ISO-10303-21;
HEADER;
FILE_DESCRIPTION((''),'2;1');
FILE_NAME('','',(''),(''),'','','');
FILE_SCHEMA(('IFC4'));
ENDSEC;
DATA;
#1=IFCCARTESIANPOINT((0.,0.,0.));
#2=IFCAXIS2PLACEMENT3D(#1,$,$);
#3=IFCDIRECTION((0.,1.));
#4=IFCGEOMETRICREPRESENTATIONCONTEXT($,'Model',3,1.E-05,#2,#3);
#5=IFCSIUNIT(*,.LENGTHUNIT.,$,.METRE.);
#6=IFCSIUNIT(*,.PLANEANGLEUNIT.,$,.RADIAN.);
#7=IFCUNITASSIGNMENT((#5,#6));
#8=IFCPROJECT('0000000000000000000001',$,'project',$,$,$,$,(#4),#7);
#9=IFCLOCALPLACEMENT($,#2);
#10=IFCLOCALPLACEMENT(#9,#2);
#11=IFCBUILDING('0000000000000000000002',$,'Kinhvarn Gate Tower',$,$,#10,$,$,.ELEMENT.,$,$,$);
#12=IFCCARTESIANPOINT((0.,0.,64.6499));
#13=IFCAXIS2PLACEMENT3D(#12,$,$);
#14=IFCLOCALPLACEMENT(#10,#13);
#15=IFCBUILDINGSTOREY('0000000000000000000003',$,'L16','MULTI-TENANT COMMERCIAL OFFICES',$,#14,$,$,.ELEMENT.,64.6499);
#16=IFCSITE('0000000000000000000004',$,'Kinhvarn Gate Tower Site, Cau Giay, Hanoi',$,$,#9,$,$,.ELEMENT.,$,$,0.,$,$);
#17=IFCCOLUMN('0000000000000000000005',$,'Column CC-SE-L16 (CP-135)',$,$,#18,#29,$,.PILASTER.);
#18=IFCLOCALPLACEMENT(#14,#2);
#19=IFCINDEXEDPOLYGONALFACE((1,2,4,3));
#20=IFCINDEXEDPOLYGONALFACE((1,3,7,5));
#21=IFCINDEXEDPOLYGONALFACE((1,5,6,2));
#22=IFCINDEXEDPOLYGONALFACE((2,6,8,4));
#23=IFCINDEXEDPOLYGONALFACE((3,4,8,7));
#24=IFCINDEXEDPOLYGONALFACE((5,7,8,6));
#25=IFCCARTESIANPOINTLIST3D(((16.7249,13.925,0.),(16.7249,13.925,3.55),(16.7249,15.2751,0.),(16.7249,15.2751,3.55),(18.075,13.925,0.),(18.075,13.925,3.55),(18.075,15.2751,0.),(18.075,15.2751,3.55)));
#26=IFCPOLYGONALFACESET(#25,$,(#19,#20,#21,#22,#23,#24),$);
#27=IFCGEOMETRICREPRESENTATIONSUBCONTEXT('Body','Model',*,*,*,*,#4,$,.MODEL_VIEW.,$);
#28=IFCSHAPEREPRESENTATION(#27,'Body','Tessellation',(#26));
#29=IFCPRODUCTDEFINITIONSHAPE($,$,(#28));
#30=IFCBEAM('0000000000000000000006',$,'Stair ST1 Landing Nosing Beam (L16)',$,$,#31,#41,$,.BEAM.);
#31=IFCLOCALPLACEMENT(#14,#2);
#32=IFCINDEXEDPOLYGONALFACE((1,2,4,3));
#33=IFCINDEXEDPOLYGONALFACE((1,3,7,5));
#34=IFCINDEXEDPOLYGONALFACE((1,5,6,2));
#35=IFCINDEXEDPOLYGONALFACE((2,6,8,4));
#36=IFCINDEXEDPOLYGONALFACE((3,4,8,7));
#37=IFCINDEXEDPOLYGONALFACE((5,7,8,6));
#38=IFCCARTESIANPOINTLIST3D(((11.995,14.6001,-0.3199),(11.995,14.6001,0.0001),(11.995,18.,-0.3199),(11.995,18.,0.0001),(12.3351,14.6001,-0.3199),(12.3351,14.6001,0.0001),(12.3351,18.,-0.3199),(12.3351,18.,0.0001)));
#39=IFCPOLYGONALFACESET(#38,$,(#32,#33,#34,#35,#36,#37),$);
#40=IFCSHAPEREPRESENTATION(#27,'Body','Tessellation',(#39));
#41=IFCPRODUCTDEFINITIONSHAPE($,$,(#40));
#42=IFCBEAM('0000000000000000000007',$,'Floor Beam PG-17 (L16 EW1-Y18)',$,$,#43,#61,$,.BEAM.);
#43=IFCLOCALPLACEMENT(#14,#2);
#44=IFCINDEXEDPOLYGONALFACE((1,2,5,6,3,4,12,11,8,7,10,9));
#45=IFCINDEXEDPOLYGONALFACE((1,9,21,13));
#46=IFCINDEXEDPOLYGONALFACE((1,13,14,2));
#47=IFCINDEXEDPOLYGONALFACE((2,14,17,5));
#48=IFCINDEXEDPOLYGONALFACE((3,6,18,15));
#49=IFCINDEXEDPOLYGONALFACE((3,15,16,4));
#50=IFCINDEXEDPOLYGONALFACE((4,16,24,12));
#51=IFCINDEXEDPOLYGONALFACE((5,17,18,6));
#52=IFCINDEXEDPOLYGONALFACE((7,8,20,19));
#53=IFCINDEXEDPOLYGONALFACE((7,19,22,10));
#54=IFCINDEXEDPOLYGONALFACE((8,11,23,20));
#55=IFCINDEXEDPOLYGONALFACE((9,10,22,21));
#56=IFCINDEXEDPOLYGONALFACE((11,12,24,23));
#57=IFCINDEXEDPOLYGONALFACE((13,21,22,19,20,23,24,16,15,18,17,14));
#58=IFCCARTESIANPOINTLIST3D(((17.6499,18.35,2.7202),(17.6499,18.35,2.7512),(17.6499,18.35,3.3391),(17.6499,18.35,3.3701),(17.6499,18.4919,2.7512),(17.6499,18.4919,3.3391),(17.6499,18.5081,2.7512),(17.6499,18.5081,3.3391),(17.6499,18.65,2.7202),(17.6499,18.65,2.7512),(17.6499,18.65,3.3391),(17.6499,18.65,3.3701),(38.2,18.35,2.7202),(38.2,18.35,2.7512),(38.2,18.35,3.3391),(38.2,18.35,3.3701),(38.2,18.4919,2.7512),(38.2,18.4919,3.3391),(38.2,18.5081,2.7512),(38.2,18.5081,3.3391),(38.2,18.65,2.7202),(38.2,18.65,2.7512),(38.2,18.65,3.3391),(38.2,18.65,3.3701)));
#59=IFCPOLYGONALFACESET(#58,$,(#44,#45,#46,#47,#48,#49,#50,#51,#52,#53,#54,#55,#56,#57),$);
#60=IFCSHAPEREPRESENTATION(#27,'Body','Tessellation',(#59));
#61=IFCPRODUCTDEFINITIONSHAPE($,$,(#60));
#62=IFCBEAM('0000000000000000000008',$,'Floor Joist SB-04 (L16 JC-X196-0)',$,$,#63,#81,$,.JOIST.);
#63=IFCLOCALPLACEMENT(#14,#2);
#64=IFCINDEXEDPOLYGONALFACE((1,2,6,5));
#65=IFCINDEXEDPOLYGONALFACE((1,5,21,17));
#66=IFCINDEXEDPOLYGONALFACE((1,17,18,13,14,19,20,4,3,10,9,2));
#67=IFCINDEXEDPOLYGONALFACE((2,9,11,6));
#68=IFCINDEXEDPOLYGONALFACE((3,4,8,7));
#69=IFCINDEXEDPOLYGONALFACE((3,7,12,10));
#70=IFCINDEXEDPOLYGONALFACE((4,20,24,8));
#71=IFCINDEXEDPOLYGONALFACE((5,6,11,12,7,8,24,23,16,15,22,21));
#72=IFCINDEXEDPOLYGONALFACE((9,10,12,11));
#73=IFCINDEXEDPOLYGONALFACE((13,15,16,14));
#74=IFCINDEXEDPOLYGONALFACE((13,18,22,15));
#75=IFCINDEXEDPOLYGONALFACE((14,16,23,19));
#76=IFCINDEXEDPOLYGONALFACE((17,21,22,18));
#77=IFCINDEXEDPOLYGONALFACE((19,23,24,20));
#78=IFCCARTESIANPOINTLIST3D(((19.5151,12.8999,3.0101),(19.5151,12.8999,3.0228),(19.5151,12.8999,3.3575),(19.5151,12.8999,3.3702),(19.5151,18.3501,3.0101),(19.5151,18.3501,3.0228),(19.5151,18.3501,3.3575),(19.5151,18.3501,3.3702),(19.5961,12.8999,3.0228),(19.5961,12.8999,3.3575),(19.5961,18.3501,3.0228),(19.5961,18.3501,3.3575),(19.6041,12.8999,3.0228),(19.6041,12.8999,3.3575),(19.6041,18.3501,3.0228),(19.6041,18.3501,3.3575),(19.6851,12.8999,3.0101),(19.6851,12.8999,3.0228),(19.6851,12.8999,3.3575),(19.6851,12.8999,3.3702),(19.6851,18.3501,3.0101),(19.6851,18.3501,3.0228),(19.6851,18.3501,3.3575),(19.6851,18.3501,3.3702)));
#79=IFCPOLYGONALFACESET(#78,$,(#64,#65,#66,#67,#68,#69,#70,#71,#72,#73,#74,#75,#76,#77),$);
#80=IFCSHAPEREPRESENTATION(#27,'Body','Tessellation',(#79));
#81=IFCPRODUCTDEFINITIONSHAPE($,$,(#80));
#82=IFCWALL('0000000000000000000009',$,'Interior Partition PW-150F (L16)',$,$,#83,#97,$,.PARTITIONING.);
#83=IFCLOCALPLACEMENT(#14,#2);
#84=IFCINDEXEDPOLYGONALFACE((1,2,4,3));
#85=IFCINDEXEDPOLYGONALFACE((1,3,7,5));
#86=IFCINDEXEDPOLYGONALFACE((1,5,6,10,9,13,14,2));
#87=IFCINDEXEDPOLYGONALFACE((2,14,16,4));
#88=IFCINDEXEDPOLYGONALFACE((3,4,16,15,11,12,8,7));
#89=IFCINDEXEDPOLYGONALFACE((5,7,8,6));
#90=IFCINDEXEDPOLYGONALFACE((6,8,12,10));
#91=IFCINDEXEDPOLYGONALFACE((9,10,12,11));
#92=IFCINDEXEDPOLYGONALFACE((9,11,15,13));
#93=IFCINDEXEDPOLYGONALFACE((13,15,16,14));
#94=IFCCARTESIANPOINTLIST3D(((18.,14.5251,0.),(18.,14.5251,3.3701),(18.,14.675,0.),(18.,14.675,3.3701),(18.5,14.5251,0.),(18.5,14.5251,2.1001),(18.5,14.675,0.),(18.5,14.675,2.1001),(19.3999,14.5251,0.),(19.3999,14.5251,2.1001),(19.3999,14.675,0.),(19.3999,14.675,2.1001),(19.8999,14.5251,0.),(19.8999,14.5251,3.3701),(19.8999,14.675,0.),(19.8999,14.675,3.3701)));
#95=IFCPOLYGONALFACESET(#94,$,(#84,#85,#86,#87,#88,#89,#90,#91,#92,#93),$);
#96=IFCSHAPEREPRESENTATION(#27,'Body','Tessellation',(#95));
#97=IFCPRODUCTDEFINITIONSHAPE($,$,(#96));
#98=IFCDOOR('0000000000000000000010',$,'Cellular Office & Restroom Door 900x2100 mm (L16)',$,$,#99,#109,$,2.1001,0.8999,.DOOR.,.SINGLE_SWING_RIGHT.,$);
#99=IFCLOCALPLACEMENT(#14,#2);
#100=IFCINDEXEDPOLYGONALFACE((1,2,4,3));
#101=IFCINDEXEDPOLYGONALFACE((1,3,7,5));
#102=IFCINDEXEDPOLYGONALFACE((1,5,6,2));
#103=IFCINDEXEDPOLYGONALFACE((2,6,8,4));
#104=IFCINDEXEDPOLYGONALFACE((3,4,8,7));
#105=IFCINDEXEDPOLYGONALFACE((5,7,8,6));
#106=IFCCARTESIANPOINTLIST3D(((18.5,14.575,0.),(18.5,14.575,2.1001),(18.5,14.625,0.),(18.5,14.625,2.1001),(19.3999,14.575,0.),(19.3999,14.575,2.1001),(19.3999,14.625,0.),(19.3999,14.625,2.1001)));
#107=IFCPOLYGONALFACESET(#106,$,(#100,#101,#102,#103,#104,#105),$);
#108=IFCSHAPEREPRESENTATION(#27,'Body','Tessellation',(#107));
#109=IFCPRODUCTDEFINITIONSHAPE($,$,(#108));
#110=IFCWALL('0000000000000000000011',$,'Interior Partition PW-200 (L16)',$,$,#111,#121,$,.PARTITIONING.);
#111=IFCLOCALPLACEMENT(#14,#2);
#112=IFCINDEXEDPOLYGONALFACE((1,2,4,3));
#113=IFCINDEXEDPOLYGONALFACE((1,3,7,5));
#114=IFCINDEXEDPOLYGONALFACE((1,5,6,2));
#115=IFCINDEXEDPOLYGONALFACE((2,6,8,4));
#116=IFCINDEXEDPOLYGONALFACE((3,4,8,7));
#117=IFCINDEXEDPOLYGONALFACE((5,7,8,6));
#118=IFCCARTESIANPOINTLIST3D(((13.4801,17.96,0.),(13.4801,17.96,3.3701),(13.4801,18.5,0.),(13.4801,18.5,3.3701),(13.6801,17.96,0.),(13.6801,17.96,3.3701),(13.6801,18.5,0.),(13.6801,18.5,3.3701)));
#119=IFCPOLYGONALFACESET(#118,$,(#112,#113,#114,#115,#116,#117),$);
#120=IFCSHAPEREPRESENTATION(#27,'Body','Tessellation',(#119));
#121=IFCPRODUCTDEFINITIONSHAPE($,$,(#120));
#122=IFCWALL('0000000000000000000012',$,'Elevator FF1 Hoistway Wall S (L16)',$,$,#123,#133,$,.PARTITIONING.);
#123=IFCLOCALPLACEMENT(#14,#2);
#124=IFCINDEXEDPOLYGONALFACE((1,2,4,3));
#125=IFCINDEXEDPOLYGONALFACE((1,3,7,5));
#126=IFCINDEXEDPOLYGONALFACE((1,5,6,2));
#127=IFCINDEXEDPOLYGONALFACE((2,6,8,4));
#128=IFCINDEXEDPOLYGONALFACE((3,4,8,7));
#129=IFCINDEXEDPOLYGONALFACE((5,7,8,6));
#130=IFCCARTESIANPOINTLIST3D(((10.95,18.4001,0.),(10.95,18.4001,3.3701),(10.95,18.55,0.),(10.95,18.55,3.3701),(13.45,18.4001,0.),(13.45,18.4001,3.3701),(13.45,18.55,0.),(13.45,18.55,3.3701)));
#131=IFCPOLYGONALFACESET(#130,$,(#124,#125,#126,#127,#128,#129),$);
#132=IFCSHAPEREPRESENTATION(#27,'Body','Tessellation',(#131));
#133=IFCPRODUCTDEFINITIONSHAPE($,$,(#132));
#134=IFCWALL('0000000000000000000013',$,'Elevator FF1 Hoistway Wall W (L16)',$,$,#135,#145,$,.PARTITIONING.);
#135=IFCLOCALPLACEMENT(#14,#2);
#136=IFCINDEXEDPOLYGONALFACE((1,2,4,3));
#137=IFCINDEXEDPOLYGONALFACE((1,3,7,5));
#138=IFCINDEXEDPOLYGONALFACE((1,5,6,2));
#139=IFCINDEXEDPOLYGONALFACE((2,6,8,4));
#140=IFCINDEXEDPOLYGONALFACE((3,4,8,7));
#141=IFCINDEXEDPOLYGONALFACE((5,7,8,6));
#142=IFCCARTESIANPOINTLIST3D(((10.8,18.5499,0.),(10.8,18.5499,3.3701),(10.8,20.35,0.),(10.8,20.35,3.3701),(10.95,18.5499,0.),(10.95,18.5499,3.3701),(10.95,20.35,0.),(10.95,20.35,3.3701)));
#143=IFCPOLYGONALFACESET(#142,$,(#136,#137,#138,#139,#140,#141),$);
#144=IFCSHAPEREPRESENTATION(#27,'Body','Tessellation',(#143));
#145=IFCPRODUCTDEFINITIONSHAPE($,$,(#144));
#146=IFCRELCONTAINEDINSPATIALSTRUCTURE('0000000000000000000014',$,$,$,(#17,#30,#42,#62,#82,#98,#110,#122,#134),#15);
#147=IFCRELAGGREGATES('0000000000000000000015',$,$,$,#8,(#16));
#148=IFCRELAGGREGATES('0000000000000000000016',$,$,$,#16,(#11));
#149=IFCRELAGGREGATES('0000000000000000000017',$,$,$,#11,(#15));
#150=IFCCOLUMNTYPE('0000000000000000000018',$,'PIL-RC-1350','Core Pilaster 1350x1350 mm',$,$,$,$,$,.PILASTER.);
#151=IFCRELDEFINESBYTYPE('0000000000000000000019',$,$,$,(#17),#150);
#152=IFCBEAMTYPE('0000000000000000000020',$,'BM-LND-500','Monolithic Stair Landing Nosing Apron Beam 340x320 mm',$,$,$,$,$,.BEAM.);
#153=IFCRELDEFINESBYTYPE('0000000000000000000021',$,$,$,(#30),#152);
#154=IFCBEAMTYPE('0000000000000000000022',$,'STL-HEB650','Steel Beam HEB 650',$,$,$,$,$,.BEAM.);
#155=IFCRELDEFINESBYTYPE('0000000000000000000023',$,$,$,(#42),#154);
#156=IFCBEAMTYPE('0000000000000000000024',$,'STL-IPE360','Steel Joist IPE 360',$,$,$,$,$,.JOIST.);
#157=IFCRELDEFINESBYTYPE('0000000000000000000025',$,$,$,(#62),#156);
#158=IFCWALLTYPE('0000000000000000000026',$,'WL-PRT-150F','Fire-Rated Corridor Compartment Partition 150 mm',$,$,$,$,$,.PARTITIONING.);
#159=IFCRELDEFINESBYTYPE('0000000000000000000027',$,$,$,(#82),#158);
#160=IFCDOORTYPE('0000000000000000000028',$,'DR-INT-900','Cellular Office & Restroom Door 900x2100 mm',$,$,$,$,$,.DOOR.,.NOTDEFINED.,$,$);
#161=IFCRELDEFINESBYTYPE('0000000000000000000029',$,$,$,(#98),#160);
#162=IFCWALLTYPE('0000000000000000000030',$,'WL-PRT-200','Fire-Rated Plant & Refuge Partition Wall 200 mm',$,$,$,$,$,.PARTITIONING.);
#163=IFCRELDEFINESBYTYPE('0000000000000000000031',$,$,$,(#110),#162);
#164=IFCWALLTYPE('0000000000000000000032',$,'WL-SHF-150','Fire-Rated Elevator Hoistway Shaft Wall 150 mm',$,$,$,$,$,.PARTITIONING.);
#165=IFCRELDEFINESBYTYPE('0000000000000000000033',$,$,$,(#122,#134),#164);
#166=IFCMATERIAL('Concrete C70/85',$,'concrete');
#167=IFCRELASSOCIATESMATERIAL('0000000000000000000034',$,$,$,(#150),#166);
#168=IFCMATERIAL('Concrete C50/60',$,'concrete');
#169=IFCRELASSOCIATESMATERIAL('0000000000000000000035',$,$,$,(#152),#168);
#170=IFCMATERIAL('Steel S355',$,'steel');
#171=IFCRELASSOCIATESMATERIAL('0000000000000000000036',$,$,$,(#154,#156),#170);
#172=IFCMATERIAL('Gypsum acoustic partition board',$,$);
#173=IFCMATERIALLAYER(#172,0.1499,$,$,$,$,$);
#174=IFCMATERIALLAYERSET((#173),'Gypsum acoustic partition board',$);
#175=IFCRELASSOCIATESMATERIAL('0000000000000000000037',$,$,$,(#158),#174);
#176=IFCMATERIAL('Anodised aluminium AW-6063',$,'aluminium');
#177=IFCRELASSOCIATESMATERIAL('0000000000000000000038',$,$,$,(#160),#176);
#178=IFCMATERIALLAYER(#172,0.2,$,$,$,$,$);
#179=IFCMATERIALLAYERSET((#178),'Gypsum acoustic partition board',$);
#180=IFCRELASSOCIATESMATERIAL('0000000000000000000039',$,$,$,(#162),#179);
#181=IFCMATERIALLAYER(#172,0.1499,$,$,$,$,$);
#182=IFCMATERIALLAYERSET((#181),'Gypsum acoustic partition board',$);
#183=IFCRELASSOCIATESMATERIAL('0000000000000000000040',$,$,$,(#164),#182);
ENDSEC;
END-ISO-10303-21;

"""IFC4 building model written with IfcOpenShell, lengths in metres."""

from ifc_helpers import new_model, si_unit, direction, frame, frame_2d, origin, origin_2d, place, context, subcontext, project, spatial, rectangle, i_section, extrude, material, layer, layer_set, material_profile, profile_set, type_object, element, fill, save


model = new_model("IFC4")

# Units and contexts
model_context = context("Model", 3, precision=1e-05, world=origin(), true_north=direction((0.0, 1.0)))
body_context = subcontext(model_context, "Body", "Model", "MODEL_VIEW")
ifc_project = project(units=[si_unit("LENGTHUNIT", "METRE"), si_unit("PLANEANGLEUNIT", "RADIAN")], contexts=[model_context])

# Site, building, storey
site_placement = place(None, origin())
site = spatial("IfcSite", under=ifc_project, at=site_placement, Name="Kinhvarn Gate Tower Site, Cau Giay, Hanoi", CompositionType="ELEMENT", RefElevation=0.0)
building_placement = place(site_placement, origin())
building = spatial("IfcBuilding", under=site, at=building_placement, Name="Kinhvarn Gate Tower", CompositionType="ELEMENT")
storey_placement = place(building_placement, frame((0.0, 0.0, 64.6499)))
storey = spatial("IfcBuildingStorey", under=building, at=storey_placement, Name="L16", Description="MULTI-TENANT COMMERCIAL OFFICES", CompositionType="ELEMENT", Elevation=64.6499)

# Column
ifc_material_1 = material(Name="Concrete C70/85", Category="concrete")
ifc_material_profile_1 = material_profile(ifc_material_1, rectangle(XDim=1.3501, YDim=1.3501, at=origin_2d()), Name="RC 1350x1350")
ifc_profile_set_1 = profile_set([ifc_material_profile_1], Name="Concrete C70/85")
column_type = type_object("IfcColumnType", Name="PIL-RC-1350", Description="Core Pilaster 1350x1350 mm", PredefinedType="PILASTER", material=ifc_profile_set_1)
column_placement = place(storey_placement, frame((17.3999, 14.6001, 0.0), z_axis=(0.0, 0.0, 1.0), x_axis=(1.0, 0.0, 0.0)))
element("IfcColumn", 1, at=column_placement, inside=storey, type_object=column_type, Name="Column CC-SE-L16 (CP-135)", PredefinedType="PILASTER", context=body_context, shape_type="SweptSolid", body=[
    extrude(rectangle(XDim=1.3501, YDim=1.3501, at=origin_2d()), origin(), (0.0, 0.0, 1.0), 3.55),
])

# Beams
ifc_material_2 = material(Name="Concrete C50/60", Category="concrete")
ifc_material_profile_2 = material_profile(ifc_material_2, rectangle(XDim=0.3401, YDim=0.3201, at=origin_2d()), Name="RC 340x320")
ifc_profile_set_2 = profile_set([ifc_material_profile_2], Name="Concrete C50/60")
beam_type_1 = type_object("IfcBeamType", Name="BM-LND-500", Description="Monolithic Stair Landing Nosing Apron Beam 340x320 mm", PredefinedType="BEAM", material=ifc_profile_set_2)
beam_1_placement = place(storey_placement, frame((12.165, 14.6001, -0.1599), z_axis=(0.0, 1.0, 0.0), x_axis=(-1.0, 0.0, 0.0)))
element("IfcBeam", 2, at=beam_1_placement, inside=storey, type_object=beam_type_1, Name="Stair ST1 Landing Nosing Beam (L16)", PredefinedType="BEAM", context=body_context, shape_type="SweptSolid", body=[
    extrude(rectangle(XDim=0.3401, YDim=0.3201, at=origin_2d()), origin(), (0.0, 0.0, 1.0), 3.3999),
])
ifc_material_3 = material(Name="Steel S355", Category="steel")
ifc_material_profile_3 = material_profile(ifc_material_3, i_section(OverallWidth=0.3, OverallDepth=0.6499, WebThickness=0.0161, FlangeThickness=0.031, at=origin_2d()), Name="HEB 650")
ifc_profile_set_3 = profile_set([ifc_material_profile_3], Name="Steel S355")
beam_type_2 = type_object("IfcBeamType", Name="STL-HEB650", Description="Steel Beam HEB 650", PredefinedType="BEAM", material=ifc_profile_set_3)
beam_2_placement = place(storey_placement, frame((17.6499, 18.5, 3.0452), z_axis=(1.0, 0.0, 0.0), x_axis=(0.0, 1.0, 0.0)))
element("IfcBeam", 3, at=beam_2_placement, inside=storey, type_object=beam_type_2, Name="Floor Beam PG-17 (L16 EW1-Y18)", PredefinedType="BEAM", context=body_context, shape_type="SweptSolid", body=[
    extrude(i_section(OverallWidth=0.3, OverallDepth=0.6499, WebThickness=0.0161, FlangeThickness=0.031, at=origin_2d()), origin(), (0.0, 0.0, 1.0), 20.55),
])
ifc_material_profile_4 = material_profile(ifc_material_3, i_section(OverallWidth=0.1699, OverallDepth=0.3601, WebThickness=0.0081, FlangeThickness=0.0127, at=origin_2d()), Name="IPE 360")
ifc_profile_set_4 = profile_set([ifc_material_profile_4], Name="Steel S355")
beam_type_3 = type_object("IfcBeamType", Name="STL-IPE360", Description="Steel Joist IPE 360", PredefinedType="JOIST", material=ifc_profile_set_4)
beam_3_placement = place(storey_placement, frame((19.6001, 12.8999, 3.1902), z_axis=(0.0, 1.0, 0.0), x_axis=(-1.0, 0.0, 0.0)))
element("IfcBeam", 4, at=beam_3_placement, inside=storey, type_object=beam_type_3, Name="Floor Joist SB-04 (L16 JC-X196-0)", PredefinedType="JOIST", context=body_context, shape_type="SweptSolid", body=[
    extrude(i_section(OverallWidth=0.1699, OverallDepth=0.3601, WebThickness=0.0081, FlangeThickness=0.0127, at=origin_2d()), origin(), (0.0, 0.0, 1.0), 5.4502),
])

# Wall, opening, door
ifc_material_4 = material(Name="Anodised aluminium AW-6063", Category="aluminium")
ifc_material_5 = material(Name="Gypsum acoustic partition board")
ifc_layer_1 = layer(ifc_material_5, 0.1499)
ifc_layer_set_1 = layer_set([ifc_layer_1], Name="Gypsum acoustic partition board")
wall_type_1 = type_object("IfcWallType", Name="WL-PRT-150F", Description="Fire-Rated Corridor Compartment Partition 150 mm", PredefinedType="PARTITIONING", material=ifc_layer_set_1)
wall_1_placement = place(storey_placement, frame((18.0, 14.6001, 0.0), z_axis=(0.0, 0.0, 1.0), x_axis=(1.0, 0.0, 0.0)))
wall_1 = element("IfcWall", 5, at=wall_1_placement, inside=storey, type_object=wall_type_1, Name="Interior Partition PW-150F (L16)", PredefinedType="PARTITIONING", context=body_context, shape_type="SweptSolid", body=[
    extrude(rectangle(XDim=1.8999, YDim=0.1499, at=frame_2d((0.95, 0.0))), origin(), (0.0, 0.0, 1.0), 3.3701),
])
opening_1_placement = place(wall_1_placement, frame((0.5, 0.0, 0.0)))
opening_1 = element("IfcOpeningElement", 6, at=opening_1_placement, cuts=wall_1, PredefinedType="OPENING", context=body_context, shape_type="SweptSolid", body=[
    extrude(rectangle(XDim=0.8999, YDim=2.1001, at=frame_2d((0.45, 1.05))), frame((0.0, 0.085, 0.0), z_axis=(0.0, -1.0, 0.0), x_axis=(1.0, 0.0, 0.0)), (0.0, 0.0, 1.0), 0.1699),
])
door_type_1 = type_object("IfcDoorType", Name="DR-INT-900", Description="Cellular Office & Restroom Door 900x2100 mm", OperationType="NOTDEFINED", PredefinedType="DOOR", material=ifc_material_4)
door_1_placement = place(opening_1_placement, origin())
door_1 = element("IfcDoor", 7, at=door_1_placement, inside=storey, type_object=door_type_1, Name="Cellular Office & Restroom Door 900x2100 mm (L16)", OperationType="SINGLE_SWING_RIGHT", OverallHeight=2.1001, OverallWidth=0.8999, PredefinedType="DOOR", context=body_context, shape_type="SweptSolid", body=[
    extrude(rectangle(XDim=0.8999, YDim=2.1001, at=frame_2d((0.45, 1.05))), frame((0.0, 0.0249, 0.0), z_axis=(0.0, -1.0, 0.0), x_axis=(1.0, 0.0, 0.0)), (0.0, 0.0, 1.0), 0.05),
])
fill(opening_1, door_1)

# Walls
ifc_layer_2 = layer(ifc_material_5, 0.2)
ifc_layer_set_2 = layer_set([ifc_layer_2], Name="Gypsum acoustic partition board")
wall_type_2 = type_object("IfcWallType", Name="WL-PRT-200", Description="Fire-Rated Plant & Refuge Partition Wall 200 mm", PredefinedType="PARTITIONING", material=ifc_layer_set_2)
wall_2_placement = place(storey_placement, frame((13.5801, 17.96, 0.0), z_axis=(0.0, 0.0, 1.0), x_axis=(0.0, 1.0, 0.0)))
element("IfcWall", 8, at=wall_2_placement, inside=storey, type_object=wall_type_2, Name="Interior Partition PW-200 (L16)", PredefinedType="PARTITIONING", context=body_context, shape_type="SweptSolid", body=[
    extrude(rectangle(XDim=0.54, YDim=0.2, at=frame_2d((0.27, 0.0))), origin(), (0.0, 0.0, 1.0), 3.3701),
])
ifc_layer_3 = layer(ifc_material_5, 0.1499)
ifc_layer_set_3 = layer_set([ifc_layer_3], Name="Gypsum acoustic partition board")
wall_type_3 = type_object("IfcWallType", Name="WL-SHF-150", Description="Fire-Rated Elevator Hoistway Shaft Wall 150 mm", PredefinedType="PARTITIONING", material=ifc_layer_set_3)
wall_3_placement = place(storey_placement, frame((10.95, 18.4751, 0.0), z_axis=(0.0, 0.0, 1.0), x_axis=(1.0, 0.0, 0.0)))
element("IfcWall", 9, at=wall_3_placement, inside=storey, type_object=wall_type_3, Name="Elevator FF1 Hoistway Wall S (L16)", PredefinedType="PARTITIONING", context=body_context, shape_type="SweptSolid", body=[
    extrude(rectangle(XDim=2.5, YDim=0.1499, at=frame_2d((1.25, 0.0))), origin(), (0.0, 0.0, 1.0), 3.3701),
])
wall_4_placement = place(storey_placement, frame((10.875, 18.55, 0.0), z_axis=(0.0, 0.0, 1.0), x_axis=(0.0, 1.0, 0.0)))
element("IfcWall", 10, at=wall_4_placement, inside=storey, type_object=wall_type_3, Name="Elevator FF1 Hoistway Wall W (L16)", PredefinedType="PARTITIONING", context=body_context, shape_type="SweptSolid", body=[
    extrude(rectangle(XDim=1.8, YDim=0.1499, at=frame_2d((0.8999, 0.0))), origin(), (0.0, 0.0, 1.0), 3.3701),
])

save(model, "model.ifc")
